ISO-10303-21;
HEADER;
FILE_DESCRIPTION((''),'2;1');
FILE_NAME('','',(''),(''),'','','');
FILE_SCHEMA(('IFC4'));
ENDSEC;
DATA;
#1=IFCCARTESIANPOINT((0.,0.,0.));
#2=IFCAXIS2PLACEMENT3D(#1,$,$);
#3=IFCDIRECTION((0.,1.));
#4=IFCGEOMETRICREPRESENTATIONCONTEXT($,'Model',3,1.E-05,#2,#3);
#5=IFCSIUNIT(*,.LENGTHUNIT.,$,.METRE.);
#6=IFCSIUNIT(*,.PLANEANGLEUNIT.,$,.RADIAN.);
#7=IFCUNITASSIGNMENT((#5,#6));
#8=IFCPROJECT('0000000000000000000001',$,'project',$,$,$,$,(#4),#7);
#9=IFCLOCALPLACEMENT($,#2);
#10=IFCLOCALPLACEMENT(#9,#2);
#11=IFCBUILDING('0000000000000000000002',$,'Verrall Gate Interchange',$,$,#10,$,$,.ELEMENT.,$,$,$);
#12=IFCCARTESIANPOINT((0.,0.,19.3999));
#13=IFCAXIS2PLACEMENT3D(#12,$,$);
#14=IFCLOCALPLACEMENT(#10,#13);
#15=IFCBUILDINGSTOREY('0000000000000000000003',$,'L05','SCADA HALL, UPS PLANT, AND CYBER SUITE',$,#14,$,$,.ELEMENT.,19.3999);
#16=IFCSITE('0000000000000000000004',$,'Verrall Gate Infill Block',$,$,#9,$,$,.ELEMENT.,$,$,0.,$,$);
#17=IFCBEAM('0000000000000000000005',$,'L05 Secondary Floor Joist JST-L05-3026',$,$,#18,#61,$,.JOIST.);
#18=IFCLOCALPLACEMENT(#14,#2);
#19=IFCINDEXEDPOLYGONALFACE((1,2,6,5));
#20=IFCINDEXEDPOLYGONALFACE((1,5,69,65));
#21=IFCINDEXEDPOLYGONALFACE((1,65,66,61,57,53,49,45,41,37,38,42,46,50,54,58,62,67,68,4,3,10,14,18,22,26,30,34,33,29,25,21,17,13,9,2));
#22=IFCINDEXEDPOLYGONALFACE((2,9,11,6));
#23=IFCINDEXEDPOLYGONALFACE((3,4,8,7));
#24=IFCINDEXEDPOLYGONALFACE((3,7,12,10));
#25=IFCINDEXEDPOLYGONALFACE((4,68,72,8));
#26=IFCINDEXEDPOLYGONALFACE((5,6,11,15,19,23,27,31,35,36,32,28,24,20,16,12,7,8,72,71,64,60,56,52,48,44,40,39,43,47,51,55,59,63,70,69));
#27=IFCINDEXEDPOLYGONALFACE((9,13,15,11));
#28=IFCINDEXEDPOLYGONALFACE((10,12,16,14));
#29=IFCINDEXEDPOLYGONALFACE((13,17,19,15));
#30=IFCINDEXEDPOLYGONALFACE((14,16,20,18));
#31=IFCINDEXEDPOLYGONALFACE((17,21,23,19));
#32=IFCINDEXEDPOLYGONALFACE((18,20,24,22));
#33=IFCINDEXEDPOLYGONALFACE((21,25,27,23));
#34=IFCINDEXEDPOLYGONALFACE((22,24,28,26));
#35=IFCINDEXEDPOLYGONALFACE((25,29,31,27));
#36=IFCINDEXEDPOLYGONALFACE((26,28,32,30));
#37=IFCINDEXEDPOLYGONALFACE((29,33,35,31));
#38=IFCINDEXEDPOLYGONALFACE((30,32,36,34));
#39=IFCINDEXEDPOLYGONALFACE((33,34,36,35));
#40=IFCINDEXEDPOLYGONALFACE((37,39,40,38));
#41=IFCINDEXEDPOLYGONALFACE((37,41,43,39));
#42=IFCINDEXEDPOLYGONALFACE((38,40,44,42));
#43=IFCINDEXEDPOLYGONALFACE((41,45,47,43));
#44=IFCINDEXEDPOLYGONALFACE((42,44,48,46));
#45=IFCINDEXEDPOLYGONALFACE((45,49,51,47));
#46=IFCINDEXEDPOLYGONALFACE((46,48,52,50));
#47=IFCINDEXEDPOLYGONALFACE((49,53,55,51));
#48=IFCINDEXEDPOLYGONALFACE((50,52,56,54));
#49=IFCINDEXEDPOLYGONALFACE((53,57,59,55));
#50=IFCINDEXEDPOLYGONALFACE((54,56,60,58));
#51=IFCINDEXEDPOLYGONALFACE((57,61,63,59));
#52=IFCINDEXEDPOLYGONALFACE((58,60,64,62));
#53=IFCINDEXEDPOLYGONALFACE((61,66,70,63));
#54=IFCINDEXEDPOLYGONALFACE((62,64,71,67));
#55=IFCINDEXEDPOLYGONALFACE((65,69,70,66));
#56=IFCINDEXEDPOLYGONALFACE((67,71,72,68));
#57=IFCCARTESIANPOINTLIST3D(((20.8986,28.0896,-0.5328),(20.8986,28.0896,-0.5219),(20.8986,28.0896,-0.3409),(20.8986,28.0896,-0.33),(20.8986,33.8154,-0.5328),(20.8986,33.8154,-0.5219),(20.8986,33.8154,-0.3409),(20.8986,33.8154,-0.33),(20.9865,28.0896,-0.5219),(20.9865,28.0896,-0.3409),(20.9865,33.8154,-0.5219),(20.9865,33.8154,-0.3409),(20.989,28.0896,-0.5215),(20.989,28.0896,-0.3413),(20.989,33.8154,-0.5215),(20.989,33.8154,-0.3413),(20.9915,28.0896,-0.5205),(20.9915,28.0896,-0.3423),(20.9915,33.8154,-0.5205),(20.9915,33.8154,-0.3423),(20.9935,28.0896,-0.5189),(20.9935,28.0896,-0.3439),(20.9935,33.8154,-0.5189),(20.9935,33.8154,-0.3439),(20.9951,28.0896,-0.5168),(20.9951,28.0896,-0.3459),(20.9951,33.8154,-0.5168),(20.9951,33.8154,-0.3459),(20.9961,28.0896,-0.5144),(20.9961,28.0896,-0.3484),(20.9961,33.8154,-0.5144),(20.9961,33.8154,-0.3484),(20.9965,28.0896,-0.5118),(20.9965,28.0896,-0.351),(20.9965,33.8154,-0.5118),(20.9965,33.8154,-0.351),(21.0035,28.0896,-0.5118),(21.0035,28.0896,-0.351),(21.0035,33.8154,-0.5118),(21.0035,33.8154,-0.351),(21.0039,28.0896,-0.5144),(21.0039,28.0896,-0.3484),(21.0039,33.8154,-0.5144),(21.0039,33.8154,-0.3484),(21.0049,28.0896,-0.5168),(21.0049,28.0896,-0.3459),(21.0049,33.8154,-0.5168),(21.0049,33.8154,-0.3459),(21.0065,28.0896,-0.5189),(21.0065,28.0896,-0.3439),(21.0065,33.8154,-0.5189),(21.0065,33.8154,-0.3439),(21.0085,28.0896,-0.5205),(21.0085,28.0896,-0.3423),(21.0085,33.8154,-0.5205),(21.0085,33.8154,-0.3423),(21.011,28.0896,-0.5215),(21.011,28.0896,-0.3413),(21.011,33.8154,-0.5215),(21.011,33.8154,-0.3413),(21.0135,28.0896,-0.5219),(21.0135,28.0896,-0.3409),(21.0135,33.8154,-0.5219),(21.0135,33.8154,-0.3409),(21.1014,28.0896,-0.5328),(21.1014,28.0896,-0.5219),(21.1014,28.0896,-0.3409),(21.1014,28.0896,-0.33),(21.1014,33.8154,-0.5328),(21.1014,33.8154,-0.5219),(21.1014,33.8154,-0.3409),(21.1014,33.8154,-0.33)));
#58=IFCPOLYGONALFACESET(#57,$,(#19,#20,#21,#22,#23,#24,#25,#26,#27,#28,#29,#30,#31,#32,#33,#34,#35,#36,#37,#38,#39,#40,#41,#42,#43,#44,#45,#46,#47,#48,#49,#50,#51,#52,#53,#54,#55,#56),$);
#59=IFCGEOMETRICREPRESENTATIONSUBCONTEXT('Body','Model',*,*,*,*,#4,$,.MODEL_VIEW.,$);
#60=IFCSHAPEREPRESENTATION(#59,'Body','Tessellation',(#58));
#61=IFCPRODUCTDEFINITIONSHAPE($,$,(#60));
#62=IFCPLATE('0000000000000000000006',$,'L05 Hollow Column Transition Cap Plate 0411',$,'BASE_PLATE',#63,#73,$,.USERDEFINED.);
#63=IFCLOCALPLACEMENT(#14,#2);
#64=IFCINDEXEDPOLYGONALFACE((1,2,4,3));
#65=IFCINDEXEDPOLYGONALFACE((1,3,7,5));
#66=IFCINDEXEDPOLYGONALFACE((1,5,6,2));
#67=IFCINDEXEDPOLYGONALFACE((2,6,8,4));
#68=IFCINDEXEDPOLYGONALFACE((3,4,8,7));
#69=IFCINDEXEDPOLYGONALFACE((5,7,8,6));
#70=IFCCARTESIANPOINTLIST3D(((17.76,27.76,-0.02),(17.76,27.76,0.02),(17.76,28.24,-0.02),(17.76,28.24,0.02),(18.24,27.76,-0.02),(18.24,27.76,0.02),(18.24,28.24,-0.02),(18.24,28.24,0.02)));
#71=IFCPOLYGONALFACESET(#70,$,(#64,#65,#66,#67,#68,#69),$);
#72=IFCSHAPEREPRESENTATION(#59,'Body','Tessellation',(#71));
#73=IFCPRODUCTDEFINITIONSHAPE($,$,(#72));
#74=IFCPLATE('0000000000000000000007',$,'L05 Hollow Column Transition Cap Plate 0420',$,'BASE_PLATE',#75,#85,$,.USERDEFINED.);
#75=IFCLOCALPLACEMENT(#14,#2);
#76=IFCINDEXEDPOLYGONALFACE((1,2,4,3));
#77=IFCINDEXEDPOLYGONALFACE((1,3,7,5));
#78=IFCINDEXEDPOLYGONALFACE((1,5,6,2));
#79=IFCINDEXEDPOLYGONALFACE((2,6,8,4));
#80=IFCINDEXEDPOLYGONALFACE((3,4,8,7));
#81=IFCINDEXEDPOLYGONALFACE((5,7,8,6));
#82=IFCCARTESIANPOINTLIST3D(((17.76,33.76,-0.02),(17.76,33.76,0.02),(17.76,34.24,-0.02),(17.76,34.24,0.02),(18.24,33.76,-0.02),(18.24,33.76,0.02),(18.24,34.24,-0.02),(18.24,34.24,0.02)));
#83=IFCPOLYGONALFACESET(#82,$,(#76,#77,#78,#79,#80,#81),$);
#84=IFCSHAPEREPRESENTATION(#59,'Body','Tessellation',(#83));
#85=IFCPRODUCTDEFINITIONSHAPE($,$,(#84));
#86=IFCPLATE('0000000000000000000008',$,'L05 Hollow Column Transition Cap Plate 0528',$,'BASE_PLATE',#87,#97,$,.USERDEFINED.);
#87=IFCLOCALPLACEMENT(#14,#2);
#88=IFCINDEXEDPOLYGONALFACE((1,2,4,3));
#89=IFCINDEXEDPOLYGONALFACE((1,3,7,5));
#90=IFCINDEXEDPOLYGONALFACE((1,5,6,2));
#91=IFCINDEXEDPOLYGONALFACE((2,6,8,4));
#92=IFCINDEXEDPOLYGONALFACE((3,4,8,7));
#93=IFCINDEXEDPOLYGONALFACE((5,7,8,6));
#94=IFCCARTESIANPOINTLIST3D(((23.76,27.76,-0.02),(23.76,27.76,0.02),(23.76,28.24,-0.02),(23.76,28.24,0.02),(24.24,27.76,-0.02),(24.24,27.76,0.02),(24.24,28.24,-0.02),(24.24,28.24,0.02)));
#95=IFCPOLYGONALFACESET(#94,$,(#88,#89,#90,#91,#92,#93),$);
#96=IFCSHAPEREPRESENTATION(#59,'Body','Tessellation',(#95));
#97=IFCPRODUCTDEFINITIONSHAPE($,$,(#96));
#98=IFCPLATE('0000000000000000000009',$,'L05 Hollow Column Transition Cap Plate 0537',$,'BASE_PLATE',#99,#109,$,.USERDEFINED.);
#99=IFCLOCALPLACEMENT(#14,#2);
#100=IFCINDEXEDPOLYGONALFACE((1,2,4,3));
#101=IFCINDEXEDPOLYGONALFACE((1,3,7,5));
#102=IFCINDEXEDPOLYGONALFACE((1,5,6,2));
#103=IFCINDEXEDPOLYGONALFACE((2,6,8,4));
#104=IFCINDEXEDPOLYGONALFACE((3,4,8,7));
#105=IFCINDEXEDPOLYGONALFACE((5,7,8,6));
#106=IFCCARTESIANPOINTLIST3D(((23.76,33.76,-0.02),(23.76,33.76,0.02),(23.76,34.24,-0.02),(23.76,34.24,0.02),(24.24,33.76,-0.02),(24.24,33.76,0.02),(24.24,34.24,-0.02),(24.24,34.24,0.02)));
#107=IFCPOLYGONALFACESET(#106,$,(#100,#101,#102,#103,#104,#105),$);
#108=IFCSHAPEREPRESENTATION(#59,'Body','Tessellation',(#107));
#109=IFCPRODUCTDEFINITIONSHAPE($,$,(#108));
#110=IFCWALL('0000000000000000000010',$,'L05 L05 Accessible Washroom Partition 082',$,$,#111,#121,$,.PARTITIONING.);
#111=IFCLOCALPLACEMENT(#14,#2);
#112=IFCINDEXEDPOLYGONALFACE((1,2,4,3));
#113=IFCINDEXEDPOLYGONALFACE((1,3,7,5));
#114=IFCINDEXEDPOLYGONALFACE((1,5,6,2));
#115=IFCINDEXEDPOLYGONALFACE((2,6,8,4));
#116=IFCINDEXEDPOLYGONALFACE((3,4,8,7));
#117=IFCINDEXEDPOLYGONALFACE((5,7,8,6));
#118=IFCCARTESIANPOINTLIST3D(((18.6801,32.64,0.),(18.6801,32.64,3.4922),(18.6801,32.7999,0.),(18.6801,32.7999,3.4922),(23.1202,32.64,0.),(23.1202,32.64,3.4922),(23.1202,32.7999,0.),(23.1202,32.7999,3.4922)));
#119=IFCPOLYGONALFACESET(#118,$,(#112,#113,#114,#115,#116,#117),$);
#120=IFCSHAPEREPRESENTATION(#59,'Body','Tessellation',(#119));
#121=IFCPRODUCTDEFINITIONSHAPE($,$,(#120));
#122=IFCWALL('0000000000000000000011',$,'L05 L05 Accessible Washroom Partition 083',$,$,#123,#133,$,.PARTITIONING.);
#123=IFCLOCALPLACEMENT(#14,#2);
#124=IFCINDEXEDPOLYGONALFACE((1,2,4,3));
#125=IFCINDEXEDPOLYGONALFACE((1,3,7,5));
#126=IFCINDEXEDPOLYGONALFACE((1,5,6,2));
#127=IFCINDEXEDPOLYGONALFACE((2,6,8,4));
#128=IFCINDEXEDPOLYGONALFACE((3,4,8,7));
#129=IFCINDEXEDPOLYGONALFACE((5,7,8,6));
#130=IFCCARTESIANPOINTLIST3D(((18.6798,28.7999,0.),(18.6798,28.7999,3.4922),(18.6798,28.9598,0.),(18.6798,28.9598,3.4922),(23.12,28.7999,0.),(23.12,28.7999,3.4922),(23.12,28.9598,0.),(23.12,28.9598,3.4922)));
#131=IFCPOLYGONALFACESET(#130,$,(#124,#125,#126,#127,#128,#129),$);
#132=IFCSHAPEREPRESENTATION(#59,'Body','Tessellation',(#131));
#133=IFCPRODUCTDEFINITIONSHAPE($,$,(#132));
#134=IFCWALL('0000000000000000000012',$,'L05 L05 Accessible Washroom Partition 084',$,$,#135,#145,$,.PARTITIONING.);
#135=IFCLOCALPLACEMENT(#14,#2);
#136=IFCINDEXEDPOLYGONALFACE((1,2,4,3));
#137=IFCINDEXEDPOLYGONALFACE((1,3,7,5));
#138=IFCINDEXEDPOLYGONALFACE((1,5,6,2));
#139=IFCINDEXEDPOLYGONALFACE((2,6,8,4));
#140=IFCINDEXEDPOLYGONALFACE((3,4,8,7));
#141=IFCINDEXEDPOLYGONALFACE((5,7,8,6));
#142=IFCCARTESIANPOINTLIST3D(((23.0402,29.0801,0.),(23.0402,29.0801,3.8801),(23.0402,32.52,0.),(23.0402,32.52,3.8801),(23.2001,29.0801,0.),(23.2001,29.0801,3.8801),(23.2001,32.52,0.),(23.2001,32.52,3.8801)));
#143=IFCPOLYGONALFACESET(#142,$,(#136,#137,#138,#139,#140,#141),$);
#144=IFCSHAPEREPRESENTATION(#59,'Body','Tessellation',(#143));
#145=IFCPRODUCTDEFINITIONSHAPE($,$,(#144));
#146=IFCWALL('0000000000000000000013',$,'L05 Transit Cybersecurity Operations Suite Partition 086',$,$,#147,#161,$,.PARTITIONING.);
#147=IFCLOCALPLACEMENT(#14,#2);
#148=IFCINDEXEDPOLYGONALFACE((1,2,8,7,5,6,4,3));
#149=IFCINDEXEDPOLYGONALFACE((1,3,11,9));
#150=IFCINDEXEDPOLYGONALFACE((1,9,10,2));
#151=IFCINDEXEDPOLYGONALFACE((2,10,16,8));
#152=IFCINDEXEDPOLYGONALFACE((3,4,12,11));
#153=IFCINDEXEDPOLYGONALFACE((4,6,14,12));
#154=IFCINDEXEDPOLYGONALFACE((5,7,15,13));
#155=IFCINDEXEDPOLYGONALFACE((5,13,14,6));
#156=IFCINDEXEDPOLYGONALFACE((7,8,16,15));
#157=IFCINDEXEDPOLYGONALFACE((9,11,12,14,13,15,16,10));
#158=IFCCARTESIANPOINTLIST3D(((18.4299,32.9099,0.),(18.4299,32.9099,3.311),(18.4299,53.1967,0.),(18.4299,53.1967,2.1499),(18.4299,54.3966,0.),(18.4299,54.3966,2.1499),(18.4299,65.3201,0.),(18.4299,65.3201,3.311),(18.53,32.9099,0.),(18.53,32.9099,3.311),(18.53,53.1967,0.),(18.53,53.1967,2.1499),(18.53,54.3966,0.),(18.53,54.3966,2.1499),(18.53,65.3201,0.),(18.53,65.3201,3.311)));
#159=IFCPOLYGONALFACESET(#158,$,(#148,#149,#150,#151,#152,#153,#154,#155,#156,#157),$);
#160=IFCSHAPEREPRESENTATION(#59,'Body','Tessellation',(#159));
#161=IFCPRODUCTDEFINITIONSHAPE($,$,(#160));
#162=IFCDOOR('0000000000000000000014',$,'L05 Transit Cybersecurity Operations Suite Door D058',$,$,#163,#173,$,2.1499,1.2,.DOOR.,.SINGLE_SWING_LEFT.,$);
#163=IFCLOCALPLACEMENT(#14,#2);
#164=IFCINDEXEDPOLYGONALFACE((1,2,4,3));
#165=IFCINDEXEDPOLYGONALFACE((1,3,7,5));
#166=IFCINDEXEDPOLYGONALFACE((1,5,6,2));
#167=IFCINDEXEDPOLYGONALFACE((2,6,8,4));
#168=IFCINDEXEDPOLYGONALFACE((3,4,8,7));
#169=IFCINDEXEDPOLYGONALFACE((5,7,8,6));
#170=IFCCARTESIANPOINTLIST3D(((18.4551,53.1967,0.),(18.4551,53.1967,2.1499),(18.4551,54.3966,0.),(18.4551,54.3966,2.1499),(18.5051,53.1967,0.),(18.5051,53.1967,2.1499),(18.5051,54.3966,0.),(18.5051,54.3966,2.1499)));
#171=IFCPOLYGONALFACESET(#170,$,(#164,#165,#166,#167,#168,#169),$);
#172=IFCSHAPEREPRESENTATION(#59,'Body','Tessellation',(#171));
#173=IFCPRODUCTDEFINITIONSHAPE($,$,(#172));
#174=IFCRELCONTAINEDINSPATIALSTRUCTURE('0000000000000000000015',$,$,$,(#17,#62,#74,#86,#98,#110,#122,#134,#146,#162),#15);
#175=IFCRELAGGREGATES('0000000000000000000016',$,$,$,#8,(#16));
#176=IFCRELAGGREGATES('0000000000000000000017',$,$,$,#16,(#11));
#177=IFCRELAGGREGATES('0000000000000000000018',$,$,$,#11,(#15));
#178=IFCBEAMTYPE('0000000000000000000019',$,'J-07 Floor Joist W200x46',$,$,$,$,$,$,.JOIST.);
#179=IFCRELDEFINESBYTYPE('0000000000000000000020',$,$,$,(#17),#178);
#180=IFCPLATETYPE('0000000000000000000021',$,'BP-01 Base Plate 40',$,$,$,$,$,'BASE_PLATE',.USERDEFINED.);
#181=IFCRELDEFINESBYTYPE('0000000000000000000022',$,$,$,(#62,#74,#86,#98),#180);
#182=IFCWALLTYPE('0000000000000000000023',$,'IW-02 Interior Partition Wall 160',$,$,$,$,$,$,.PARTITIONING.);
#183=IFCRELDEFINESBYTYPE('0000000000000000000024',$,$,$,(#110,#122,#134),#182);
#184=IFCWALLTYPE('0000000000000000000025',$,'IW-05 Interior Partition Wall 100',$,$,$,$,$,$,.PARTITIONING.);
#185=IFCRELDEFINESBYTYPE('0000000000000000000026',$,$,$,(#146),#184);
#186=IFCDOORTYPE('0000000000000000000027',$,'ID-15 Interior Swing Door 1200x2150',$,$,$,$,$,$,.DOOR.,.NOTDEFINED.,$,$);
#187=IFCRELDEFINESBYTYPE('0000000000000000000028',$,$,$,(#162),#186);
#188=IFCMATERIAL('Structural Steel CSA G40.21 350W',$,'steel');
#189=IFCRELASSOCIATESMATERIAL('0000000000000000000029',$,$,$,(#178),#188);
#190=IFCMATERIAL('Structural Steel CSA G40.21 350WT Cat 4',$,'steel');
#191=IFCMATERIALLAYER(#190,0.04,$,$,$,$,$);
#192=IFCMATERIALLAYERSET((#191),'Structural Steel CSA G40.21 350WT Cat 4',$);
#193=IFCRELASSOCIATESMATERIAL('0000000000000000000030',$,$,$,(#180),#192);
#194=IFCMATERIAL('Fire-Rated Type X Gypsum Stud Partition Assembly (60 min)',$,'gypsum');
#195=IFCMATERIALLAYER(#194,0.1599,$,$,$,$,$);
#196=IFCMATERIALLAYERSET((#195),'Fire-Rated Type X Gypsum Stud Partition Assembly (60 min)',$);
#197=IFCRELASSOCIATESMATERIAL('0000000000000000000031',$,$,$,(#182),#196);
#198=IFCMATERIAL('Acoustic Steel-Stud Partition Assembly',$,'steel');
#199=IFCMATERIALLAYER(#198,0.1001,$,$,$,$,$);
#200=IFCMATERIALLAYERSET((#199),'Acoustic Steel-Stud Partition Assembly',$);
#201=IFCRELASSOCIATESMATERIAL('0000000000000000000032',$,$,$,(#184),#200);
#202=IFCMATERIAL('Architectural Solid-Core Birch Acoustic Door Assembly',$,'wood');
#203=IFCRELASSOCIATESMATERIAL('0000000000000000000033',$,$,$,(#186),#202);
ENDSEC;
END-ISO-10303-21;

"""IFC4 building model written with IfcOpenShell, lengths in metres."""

from ifc_helpers import new_model, si_unit, direction, frame, frame_2d, origin, origin_2d, place, context, subcontext, project, spatial, rectangle, i_section, extrude, material, layer, layer_set, material_profile, profile_set, type_object, element, fill, save


model = new_model("IFC4")

# Units and contexts
model_context = context("Model", 3, precision=1e-05, world=origin(), true_north=direction((0.0, 1.0)))
body_context = subcontext(model_context, "Body", "Model", "MODEL_VIEW")
ifc_project = project(units=[si_unit("LENGTHUNIT", "METRE"), si_unit("PLANEANGLEUNIT", "RADIAN")], contexts=[model_context])

# Site, building, storey
site_placement = place(None, origin())
site = spatial("IfcSite", under=ifc_project, at=site_placement, Name="Verrall Gate Infill Block", CompositionType="ELEMENT", RefElevation=0.0)
building_placement = place(site_placement, origin())
building = spatial("IfcBuilding", under=site, at=building_placement, Name="Verrall Gate Interchange", CompositionType="ELEMENT")
storey_placement = place(building_placement, frame((0.0, 0.0, 19.3999)))
storey = spatial("IfcBuildingStorey", under=building, at=storey_placement, Name="L05", Description="SCADA HALL, UPS PLANT, AND CYBER SUITE", CompositionType="ELEMENT", Elevation=19.3999)

# Beam
ifc_material_1 = material(Name="Structural Steel CSA G40.21 350W", Category="steel")
ifc_material_profile_1 = material_profile(ifc_material_1, i_section(OverallWidth=0.2029, OverallDepth=0.2029, WebThickness=0.0071, FlangeThickness=0.011, FilletRadius=0.01, at=origin_2d()), Name="W200x46")
ifc_profile_set_1 = profile_set([ifc_material_profile_1], Name="Structural Steel CSA G40.21 350W")
beam_type_1 = type_object("IfcBeamType", Name="J-07 Floor Joist W200x46", PredefinedType="JOIST", material=ifc_profile_set_1)
beam_1_placement = place(storey_placement, frame((21.0, 28.0896, -0.4314), z_axis=(0.0, 1.0, 0.0), x_axis=(-1.0, 0.0, 0.0)))
element("IfcBeam", 1, at=beam_1_placement, inside=storey, type_object=beam_type_1, Name="L05 Secondary Floor Joist JST-L05-3026", PredefinedType="JOIST", context=body_context, shape_type="SweptSolid", body=[
    extrude(i_section(OverallWidth=0.2029, OverallDepth=0.2029, WebThickness=0.0071, FlangeThickness=0.011, FilletRadius=0.01, at=origin_2d()), origin(), (0.0, 0.0, 1.0), 5.7258),
])

# Plates
ifc_material_2 = material(Name="Structural Steel CSA G40.21 350WT Cat 4", Category="steel")
ifc_layer_1 = layer(ifc_material_2, 0.04)
ifc_layer_set_1 = layer_set([ifc_layer_1], Name="Structural Steel CSA G40.21 350WT Cat 4")
plate_type = type_object("IfcPlateType", Name="BP-01 Base Plate 40", ElementType="BASE_PLATE", PredefinedType="USERDEFINED", material=ifc_layer_set_1)
for number, where, z_axis, x_axis, name in (
    (2, (18.0, 28.0, -0.02), (0.0, 0.0, 1.0), (1.0, 0.0, 0.0), "L05 Hollow Column Transition Cap Plate 0411"),
    (3, (18.0, 34.0, -0.02), (0.0, 0.0, 1.0), (1.0, 0.0, 0.0), "L05 Hollow Column Transition Cap Plate 0420"),
    (4, (24.0, 28.0, -0.02), (0.0, 0.0, 1.0), (1.0, 0.0, 0.0), "L05 Hollow Column Transition Cap Plate 0528"),
    (5, (24.0, 34.0, -0.02), (0.0, 0.0, 1.0), (1.0, 0.0, 0.0), "L05 Hollow Column Transition Cap Plate 0537"),
):
    element("IfcPlate", number, at=place(storey_placement, frame(where, z_axis=z_axis, x_axis=x_axis)), inside=storey, type_object=plate_type, Name=name, ObjectType="BASE_PLATE", PredefinedType="USERDEFINED", context=body_context, shape_type="SweptSolid", body=[
        extrude(rectangle(XDim=0.48, YDim=0.48, at=origin_2d()), origin(), (0.0, 0.0, 1.0), 0.04),
    ])

# Shared definitions
ifc_material_3 = material(Name="Fire-Rated Type X Gypsum Stud Partition Assembly (60 min)", Category="gypsum")
ifc_layer_2 = layer(ifc_material_3, 0.1599)
ifc_layer_set_2 = layer_set([ifc_layer_2], Name="Fire-Rated Type X Gypsum Stud Partition Assembly (60 min)")
wall_type_1 = type_object("IfcWallType", Name="IW-02 Interior Partition Wall 160", PredefinedType="PARTITIONING", material=ifc_layer_set_2)

# Walls
for number, where, z_axis, x_axis, name in (
    (6, (18.6799, 32.72, 0.0), (0.0, 0.0, 1.0), (1.0, 0.0, 0.0), "L05 L05 Accessible Washroom Partition 082"),
    (7, (23.1201, 28.8799, 0.0), (0.0, 0.0, 1.0), (-1.0, 0.0, 0.0), "L05 L05 Accessible Washroom Partition 083"),
):
    element("IfcWall", number, at=place(storey_placement, frame(where, z_axis=z_axis, x_axis=x_axis)), inside=storey, type_object=wall_type_1, Name=name, PredefinedType="PARTITIONING", context=body_context, shape_type="SweptSolid", body=[
        extrude(rectangle(XDim=4.4402, YDim=0.1599, at=frame_2d((2.2202, 0.0))), origin(), (0.0, 0.0, 1.0), 3.4922),
    ])
wall_1_placement = place(storey_placement, frame((23.1201, 32.52, 0.0), z_axis=(0.0, 0.0, 1.0), x_axis=(0.0, -1.0, 0.0)))
element("IfcWall", 8, at=wall_1_placement, inside=storey, type_object=wall_type_1, Name="L05 L05 Accessible Washroom Partition 084", PredefinedType="PARTITIONING", context=body_context, shape_type="SweptSolid", body=[
    extrude(rectangle(XDim=3.4399, YDim=0.1599, at=frame_2d((1.72, 0.0))), origin(), (0.0, 0.0, 1.0), 3.8801),
])

# Wall, opening, door
ifc_material_4 = material(Name="Acoustic Steel-Stud Partition Assembly", Category="steel")
ifc_layer_3 = layer(ifc_material_4, 0.1001)
ifc_layer_set_3 = layer_set([ifc_layer_3], Name="Acoustic Steel-Stud Partition Assembly")
wall_type_2 = type_object("IfcWallType", Name="IW-05 Interior Partition Wall 100", PredefinedType="PARTITIONING", material=ifc_layer_set_3)
wall_2_placement = place(storey_placement, frame((18.48, 32.9099, 0.0), z_axis=(0.0, 0.0, 1.0), x_axis=(0.0, 1.0, 0.0)))
wall_2 = element("IfcWall", 9, at=wall_2_placement, inside=storey, type_object=wall_type_2, Name="L05 Transit Cybersecurity Operations Suite Partition 086", PredefinedType="PARTITIONING", context=body_context, shape_type="SweptSolid", body=[
    extrude(rectangle(XDim=32.4102, YDim=0.1001, at=frame_2d((16.2051, 0.0))), origin(), (0.0, 0.0, 1.0), 3.311),
])
opening_1_placement = place(wall_2_placement, frame((20.2866, 0.0, 0.0)))
opening_1 = element("IfcOpeningElement", 10, at=opening_1_placement, cuts=wall_2, PredefinedType="OPENING", context=body_context, shape_type="SweptSolid", body=[
    extrude(rectangle(XDim=1.2, YDim=2.1499, at=frame_2d((0.6001, 1.075))), frame((0.0, 0.0649, 0.0), z_axis=(0.0, -1.0, 0.0), x_axis=(1.0, 0.0, 0.0)), (0.0, 0.0, 1.0), 0.1299),
])
ifc_material_5 = material(Name="Architectural Solid-Core Birch Acoustic Door Assembly", Category="wood")
door_type_1 = type_object("IfcDoorType", Name="ID-15 Interior Swing Door 1200x2150", OperationType="NOTDEFINED", PredefinedType="DOOR", material=ifc_material_5)
door_1_placement = place(opening_1_placement, origin())
door_1 = element("IfcDoor", 11, at=door_1_placement, inside=storey, type_object=door_type_1, Name="L05 Transit Cybersecurity Operations Suite Door D058", OperationType="SINGLE_SWING_LEFT", OverallHeight=2.1499, OverallWidth=1.2, PredefinedType="DOOR", context=body_context, shape_type="SweptSolid", body=[
    extrude(rectangle(XDim=1.2, YDim=2.1499, at=frame_2d((0.6001, 1.075))), frame((0.0, 0.0249, 0.0), z_axis=(0.0, -1.0, 0.0), x_axis=(1.0, 0.0, 0.0)), (0.0, 0.0, 1.0), 0.05),
])
fill(opening_1, door_1)

save(model, "model.ifc")
